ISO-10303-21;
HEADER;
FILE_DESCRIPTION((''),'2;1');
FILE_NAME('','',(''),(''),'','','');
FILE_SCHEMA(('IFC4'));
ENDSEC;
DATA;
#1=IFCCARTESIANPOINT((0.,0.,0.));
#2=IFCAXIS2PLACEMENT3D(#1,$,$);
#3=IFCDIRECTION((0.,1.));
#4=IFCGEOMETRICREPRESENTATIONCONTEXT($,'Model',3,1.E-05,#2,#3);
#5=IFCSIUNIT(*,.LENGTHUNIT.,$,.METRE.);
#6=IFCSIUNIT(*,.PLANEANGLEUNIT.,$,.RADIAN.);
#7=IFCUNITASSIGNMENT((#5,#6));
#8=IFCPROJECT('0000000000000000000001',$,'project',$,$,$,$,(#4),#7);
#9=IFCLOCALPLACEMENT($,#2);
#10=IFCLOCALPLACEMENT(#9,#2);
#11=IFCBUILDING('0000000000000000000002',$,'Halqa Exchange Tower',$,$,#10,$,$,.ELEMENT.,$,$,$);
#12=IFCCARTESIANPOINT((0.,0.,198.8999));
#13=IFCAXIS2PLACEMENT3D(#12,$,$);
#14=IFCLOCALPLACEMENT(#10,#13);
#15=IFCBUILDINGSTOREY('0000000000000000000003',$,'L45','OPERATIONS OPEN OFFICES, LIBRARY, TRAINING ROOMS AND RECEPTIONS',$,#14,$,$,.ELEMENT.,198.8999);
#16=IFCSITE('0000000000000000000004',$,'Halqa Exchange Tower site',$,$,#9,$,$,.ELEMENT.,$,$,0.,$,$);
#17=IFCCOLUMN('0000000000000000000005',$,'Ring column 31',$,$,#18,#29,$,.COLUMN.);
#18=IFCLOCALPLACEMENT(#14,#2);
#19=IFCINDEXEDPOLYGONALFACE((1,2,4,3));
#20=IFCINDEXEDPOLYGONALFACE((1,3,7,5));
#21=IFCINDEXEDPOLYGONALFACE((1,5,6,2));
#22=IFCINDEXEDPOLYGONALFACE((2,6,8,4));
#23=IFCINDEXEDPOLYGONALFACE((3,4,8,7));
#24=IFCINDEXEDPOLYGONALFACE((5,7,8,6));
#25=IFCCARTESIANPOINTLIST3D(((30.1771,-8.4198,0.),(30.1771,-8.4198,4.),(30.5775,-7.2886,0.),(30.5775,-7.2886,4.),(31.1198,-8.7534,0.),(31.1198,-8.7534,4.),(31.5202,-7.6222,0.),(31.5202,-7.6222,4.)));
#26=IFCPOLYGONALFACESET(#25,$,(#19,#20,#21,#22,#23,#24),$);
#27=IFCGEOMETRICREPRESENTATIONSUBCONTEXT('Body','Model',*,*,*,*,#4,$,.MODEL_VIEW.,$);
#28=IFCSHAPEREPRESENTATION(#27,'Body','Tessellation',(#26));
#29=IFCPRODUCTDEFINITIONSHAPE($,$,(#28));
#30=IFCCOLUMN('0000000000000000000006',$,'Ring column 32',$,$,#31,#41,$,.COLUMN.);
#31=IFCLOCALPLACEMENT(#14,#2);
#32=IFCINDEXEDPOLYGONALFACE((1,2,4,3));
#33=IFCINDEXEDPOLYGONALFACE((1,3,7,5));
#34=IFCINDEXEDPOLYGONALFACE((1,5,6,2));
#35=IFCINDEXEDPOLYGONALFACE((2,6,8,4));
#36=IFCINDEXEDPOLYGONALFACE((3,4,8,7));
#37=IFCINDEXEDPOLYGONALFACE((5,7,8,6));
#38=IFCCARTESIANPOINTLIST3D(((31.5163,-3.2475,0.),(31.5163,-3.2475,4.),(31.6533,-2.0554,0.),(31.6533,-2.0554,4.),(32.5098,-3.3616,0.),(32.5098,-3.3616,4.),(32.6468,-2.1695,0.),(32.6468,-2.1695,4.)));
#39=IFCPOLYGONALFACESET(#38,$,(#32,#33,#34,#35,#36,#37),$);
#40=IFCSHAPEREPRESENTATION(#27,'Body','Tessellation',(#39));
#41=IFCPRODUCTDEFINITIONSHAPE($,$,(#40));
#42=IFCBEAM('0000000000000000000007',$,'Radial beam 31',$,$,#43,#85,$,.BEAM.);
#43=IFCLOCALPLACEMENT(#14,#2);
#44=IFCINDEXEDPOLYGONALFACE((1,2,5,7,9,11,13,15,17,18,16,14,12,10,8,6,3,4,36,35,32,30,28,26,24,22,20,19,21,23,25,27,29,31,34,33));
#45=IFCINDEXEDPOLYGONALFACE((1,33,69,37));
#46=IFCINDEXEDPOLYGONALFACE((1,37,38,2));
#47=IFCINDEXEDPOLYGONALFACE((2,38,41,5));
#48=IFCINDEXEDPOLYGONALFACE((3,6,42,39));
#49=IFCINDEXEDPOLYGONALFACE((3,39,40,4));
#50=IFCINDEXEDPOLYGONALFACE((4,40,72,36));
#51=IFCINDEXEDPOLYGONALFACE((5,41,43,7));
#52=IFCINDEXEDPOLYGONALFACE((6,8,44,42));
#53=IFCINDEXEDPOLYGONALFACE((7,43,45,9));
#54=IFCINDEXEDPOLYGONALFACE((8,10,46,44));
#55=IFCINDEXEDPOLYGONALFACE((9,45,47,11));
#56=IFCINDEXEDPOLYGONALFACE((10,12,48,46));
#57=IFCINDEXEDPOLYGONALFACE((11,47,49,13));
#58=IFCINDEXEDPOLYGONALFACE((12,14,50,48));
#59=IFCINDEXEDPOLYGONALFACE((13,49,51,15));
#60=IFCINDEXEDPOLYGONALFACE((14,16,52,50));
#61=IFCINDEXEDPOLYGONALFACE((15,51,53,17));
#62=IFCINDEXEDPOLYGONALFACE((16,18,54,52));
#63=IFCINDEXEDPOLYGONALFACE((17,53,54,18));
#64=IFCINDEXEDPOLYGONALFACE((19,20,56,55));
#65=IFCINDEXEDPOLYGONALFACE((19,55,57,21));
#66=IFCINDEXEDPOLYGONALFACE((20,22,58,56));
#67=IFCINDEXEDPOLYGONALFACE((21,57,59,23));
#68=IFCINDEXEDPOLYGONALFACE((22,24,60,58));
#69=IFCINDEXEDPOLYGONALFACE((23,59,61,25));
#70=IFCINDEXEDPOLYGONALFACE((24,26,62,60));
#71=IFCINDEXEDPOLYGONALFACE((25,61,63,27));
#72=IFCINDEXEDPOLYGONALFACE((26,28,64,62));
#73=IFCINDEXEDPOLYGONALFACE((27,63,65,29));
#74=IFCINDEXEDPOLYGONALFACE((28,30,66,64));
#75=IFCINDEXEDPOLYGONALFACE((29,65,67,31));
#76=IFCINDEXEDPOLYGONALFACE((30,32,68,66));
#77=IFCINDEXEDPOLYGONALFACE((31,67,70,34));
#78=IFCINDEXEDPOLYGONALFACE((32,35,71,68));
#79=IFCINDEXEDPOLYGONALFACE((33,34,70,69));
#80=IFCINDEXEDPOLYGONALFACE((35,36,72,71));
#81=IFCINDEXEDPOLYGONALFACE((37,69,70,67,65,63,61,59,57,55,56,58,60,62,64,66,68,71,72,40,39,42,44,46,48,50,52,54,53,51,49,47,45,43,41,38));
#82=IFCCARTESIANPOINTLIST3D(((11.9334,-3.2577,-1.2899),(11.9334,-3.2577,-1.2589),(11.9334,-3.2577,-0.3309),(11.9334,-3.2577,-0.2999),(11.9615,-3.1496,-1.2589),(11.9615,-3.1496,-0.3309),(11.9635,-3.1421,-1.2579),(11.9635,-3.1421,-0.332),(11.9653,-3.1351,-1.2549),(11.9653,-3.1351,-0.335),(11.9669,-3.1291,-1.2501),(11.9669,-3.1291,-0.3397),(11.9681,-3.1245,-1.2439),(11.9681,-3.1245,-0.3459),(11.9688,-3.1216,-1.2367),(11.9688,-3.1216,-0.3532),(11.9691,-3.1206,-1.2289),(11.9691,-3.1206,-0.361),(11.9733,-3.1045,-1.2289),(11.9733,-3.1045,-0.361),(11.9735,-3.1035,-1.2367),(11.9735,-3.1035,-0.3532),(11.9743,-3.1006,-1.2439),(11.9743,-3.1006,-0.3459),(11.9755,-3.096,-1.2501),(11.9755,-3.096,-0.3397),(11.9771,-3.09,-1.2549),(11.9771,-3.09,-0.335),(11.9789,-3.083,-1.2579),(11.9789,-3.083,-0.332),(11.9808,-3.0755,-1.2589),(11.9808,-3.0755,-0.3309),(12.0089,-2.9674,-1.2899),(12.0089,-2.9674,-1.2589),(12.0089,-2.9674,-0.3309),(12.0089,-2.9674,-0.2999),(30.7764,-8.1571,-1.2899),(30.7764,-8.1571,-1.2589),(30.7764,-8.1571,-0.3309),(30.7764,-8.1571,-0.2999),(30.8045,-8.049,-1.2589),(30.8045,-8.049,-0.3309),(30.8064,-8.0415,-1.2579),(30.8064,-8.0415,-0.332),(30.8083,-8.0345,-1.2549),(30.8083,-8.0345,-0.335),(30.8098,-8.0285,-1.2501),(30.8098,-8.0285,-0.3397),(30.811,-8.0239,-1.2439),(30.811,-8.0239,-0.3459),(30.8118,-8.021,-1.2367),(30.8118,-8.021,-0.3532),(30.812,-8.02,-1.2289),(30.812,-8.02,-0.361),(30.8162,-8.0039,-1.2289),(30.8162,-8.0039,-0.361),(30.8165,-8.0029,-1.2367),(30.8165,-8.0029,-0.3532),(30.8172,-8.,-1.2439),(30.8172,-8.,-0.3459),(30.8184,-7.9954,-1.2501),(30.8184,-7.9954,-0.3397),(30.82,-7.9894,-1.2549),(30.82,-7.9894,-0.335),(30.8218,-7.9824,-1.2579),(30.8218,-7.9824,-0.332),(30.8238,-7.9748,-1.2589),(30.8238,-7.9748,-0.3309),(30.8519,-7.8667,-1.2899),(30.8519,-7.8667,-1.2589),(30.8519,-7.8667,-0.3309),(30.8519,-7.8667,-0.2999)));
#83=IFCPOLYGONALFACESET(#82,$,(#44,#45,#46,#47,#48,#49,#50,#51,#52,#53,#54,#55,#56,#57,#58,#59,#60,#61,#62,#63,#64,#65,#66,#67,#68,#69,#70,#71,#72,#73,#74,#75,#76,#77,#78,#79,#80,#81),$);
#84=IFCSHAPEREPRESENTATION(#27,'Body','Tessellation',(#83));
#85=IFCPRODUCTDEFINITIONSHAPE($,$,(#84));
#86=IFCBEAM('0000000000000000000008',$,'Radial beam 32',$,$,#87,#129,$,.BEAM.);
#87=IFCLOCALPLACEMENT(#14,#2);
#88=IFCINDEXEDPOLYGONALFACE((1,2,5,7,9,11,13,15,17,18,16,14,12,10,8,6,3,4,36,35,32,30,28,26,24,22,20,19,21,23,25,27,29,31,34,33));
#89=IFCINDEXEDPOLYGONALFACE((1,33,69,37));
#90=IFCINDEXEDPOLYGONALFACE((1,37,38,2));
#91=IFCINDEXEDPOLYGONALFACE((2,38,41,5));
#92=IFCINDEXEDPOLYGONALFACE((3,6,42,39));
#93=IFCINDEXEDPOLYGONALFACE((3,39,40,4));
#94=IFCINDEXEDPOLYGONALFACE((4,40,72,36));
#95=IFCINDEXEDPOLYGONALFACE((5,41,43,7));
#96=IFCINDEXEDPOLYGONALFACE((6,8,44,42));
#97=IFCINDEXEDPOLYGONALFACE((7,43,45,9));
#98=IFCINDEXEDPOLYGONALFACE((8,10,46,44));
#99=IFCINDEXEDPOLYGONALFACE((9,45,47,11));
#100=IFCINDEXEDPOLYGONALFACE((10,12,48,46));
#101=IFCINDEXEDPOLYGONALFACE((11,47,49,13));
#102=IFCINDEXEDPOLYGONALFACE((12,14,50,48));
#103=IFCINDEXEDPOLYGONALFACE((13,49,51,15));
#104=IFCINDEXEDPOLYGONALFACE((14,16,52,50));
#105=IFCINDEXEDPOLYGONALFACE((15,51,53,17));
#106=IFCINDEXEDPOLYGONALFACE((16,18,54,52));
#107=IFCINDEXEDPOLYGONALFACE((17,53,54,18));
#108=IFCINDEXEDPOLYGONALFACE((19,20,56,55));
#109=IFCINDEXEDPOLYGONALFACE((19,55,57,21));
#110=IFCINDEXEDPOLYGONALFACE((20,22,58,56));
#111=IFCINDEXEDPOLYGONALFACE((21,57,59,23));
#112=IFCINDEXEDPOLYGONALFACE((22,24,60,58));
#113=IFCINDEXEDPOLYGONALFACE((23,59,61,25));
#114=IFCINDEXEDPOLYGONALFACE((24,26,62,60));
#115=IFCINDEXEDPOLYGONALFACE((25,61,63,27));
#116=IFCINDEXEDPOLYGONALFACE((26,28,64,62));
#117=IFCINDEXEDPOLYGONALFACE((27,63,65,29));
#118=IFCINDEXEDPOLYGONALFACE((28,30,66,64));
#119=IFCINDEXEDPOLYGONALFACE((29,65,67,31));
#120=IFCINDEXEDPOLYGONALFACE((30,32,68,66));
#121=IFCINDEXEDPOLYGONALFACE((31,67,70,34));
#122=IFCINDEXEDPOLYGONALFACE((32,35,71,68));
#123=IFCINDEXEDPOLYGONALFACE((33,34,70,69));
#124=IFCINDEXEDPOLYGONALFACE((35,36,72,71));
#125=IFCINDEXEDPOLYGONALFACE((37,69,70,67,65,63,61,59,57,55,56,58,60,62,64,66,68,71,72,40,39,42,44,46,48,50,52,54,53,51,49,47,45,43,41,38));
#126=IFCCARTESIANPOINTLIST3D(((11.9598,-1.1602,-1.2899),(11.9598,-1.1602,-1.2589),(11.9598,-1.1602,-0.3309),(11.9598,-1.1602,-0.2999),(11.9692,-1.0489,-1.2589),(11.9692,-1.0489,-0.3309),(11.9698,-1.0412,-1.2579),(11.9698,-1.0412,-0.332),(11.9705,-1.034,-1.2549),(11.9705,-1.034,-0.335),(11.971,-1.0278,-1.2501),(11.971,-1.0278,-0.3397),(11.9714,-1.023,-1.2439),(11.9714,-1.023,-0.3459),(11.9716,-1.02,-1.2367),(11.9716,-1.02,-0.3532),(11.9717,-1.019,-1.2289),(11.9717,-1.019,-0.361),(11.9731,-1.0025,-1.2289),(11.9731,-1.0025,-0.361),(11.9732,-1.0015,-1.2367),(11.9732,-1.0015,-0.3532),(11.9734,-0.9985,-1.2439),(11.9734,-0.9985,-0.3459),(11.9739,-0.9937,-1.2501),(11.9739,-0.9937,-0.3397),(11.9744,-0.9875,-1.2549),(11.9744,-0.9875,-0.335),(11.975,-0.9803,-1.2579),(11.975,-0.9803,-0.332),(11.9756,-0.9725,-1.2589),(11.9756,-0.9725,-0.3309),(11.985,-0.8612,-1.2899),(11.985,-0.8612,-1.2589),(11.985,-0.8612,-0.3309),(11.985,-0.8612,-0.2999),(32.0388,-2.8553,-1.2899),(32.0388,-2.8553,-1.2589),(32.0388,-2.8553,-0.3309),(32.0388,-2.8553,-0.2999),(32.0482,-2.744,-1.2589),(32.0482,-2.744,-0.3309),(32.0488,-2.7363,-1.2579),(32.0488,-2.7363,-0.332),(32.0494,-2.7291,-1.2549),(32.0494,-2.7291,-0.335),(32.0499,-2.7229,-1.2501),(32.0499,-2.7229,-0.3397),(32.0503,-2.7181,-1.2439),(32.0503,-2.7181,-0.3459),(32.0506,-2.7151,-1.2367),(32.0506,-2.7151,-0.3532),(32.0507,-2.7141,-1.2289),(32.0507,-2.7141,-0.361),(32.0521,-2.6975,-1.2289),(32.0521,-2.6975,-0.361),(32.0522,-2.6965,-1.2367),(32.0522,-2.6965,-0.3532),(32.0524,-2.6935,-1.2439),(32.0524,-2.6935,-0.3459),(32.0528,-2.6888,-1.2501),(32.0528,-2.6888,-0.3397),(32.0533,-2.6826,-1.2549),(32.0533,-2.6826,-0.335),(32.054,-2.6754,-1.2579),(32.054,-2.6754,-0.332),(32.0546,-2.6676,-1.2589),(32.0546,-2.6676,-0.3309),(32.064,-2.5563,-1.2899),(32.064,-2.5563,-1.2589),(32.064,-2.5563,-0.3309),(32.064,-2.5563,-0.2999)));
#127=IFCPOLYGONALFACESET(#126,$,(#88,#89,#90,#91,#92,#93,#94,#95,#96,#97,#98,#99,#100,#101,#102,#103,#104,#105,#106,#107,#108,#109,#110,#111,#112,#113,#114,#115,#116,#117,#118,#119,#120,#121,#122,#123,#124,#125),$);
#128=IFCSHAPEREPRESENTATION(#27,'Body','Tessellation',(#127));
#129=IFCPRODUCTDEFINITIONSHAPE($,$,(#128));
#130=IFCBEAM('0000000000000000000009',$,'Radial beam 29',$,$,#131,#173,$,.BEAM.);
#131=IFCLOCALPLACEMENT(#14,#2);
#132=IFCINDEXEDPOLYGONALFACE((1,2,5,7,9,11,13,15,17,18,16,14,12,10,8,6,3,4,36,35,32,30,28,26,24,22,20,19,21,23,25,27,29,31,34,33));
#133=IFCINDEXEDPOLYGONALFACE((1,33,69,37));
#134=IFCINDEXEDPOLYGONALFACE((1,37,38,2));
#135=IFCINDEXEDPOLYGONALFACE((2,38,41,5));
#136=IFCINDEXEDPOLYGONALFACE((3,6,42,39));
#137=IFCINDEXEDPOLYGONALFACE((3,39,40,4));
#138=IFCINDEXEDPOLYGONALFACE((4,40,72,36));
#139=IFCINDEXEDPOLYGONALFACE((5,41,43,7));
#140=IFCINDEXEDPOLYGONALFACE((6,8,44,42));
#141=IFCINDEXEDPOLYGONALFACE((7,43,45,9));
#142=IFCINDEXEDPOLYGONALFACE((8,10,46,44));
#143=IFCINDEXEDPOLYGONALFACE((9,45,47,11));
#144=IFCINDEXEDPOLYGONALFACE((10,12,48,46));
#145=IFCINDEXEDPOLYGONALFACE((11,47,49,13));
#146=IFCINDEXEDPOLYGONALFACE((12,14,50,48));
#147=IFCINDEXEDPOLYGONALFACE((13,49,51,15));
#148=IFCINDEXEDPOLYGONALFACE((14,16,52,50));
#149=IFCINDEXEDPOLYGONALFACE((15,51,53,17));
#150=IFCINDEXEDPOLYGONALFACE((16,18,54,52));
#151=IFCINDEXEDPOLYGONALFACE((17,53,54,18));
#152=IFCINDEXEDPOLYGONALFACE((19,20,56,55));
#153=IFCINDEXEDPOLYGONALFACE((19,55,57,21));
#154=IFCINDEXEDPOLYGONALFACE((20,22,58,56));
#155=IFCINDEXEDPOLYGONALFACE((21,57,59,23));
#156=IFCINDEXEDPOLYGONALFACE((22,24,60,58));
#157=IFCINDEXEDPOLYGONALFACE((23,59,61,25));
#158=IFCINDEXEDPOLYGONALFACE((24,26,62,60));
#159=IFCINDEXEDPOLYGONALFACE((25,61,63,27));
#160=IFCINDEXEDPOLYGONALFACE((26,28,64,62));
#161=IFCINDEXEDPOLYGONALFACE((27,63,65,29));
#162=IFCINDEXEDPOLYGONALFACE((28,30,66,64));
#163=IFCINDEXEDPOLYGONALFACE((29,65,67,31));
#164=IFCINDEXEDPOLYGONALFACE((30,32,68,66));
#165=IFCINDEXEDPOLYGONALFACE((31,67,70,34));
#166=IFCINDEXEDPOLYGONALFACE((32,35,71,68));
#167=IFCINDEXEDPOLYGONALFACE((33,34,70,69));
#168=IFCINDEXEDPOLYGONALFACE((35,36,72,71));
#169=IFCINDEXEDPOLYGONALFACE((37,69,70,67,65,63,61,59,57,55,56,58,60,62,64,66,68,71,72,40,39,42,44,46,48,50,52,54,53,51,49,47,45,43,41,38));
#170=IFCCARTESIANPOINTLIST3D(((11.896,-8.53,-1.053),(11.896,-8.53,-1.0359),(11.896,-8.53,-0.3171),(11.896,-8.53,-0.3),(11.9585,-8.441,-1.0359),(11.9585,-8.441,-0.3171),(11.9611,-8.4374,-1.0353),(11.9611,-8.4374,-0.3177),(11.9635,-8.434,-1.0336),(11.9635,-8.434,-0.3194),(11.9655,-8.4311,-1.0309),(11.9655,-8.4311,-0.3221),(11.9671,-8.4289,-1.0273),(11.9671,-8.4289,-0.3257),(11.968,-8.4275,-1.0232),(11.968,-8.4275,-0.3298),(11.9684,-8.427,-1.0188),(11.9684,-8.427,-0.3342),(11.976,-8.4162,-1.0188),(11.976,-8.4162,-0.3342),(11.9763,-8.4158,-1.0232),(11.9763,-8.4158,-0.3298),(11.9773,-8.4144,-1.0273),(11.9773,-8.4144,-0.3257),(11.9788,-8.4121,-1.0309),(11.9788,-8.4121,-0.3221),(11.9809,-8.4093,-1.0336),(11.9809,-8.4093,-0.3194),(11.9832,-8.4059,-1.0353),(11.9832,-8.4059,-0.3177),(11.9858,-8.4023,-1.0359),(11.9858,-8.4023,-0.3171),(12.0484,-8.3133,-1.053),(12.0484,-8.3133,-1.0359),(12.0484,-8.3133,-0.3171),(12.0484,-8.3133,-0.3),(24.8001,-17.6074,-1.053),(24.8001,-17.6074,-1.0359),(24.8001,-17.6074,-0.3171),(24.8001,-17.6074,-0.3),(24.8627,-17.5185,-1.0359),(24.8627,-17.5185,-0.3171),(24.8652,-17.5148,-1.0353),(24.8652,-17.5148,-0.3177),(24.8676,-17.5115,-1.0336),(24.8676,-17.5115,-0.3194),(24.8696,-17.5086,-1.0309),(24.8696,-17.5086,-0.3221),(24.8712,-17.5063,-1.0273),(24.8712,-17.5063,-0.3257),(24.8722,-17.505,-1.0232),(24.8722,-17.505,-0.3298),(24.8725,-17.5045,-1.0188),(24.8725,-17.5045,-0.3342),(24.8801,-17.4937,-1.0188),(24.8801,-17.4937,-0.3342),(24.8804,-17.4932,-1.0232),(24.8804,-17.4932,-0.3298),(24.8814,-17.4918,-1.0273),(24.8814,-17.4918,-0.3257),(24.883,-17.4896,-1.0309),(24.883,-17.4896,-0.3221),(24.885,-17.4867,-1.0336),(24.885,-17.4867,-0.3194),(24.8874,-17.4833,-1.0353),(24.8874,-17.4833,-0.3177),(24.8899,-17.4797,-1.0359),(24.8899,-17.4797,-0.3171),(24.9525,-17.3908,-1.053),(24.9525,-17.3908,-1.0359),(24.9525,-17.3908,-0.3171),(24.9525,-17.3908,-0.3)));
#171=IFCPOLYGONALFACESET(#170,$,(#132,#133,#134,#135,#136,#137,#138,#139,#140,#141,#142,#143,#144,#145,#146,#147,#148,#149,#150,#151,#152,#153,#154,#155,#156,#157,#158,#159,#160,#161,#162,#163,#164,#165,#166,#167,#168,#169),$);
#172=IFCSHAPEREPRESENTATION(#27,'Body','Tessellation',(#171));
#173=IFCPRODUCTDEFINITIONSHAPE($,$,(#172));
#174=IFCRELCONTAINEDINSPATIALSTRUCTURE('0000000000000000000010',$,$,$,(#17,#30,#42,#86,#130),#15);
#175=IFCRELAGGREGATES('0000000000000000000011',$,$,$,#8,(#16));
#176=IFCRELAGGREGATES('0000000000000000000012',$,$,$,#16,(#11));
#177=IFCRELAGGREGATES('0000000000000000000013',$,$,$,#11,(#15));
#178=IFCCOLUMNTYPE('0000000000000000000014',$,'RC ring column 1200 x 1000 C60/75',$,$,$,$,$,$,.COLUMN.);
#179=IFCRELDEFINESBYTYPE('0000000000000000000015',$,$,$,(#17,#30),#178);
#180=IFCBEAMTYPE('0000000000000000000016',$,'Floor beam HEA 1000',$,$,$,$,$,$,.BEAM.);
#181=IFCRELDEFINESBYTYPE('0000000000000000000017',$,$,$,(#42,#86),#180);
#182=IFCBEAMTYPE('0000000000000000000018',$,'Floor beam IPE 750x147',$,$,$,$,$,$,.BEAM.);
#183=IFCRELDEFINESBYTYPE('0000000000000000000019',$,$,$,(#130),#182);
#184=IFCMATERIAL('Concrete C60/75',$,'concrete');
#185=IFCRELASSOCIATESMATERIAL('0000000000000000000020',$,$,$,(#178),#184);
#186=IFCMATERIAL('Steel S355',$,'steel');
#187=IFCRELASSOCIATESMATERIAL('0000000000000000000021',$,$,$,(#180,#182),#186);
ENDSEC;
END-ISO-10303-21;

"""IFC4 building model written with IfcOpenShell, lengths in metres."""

from ifc_helpers import new_model, si_unit, direction, frame, origin, origin_2d, place, context, subcontext, project, spatial, rectangle, i_section, extrude, material, material_profile, profile_set, type_object, element, save


model = new_model("IFC4")

# Units and contexts
model_context = context("Model", 3, precision=1e-05, world=origin(), true_north=direction((0.0, 1.0)))
body_context = subcontext(model_context, "Body", "Model", "MODEL_VIEW")
ifc_project = project(units=[si_unit("LENGTHUNIT", "METRE"), si_unit("PLANEANGLEUNIT", "RADIAN")], contexts=[model_context])

# Site, building, storey
site_placement = place(None, origin())
site = spatial("IfcSite", under=ifc_project, at=site_placement, Name="Halqa Exchange Tower site", CompositionType="ELEMENT", RefElevation=0.0)
building_placement = place(site_placement, origin())
building = spatial("IfcBuilding", under=site, at=building_placement, Name="Halqa Exchange Tower", CompositionType="ELEMENT")
storey_placement = place(building_placement, frame((0.0, 0.0, 198.8999)))
storey = spatial("IfcBuildingStorey", under=building, at=storey_placement, Name="L45", Description="OPERATIONS OPEN OFFICES, LIBRARY, TRAINING ROOMS AND RECEPTIONS", CompositionType="ELEMENT", Elevation=198.8999)

# Columns
ifc_material_1 = material(Name="Concrete C60/75", Category="concrete")
ifc_material_profile_1 = material_profile(ifc_material_1, rectangle(XDim=1.2, YDim=1.0, at=origin_2d()), Name="1200 x 1000")
ifc_profile_set_1 = profile_set([ifc_material_profile_1], Name="Concrete C60/75")
column_type = type_object("IfcColumnType", Name="RC ring column 1200 x 1000 C60/75", PredefinedType="COLUMN", material=ifc_profile_set_1)
for number, where, z_axis, x_axis, name in (
    (1, (30.8486, -8.021, 0.0), (0.0, 0.0, 1.0), (0.333632, 0.942703, 0.0), "Ring column 31"),
    (2, (32.0815, -2.7085, 0.0), (0.0, 0.0, 1.0), (0.114157, 0.993463, 0.0), "Ring column 32"),
):
    element("IfcColumn", number, at=place(storey_placement, frame(where, z_axis=z_axis, x_axis=x_axis)), inside=storey, type_object=column_type, Name=name, PredefinedType="COLUMN", context=body_context, shape_type="SweptSolid", body=[
        extrude(rectangle(XDim=1.2, YDim=1.0, at=origin_2d()), origin(), (0.0, 0.0, 1.0), 4.0),
    ])

# Beams
ifc_material_2 = material(Name="Steel S355", Category="steel")
ifc_material_profile_2 = material_profile(ifc_material_2, i_section(OverallWidth=0.3, OverallDepth=0.99, WebThickness=0.0166, FlangeThickness=0.031, FilletRadius=0.03, at=origin_2d()), Name="HEA 1000")
ifc_profile_set_2 = profile_set([ifc_material_profile_2], Name="Steel S355")
beam_type_1 = type_object("IfcBeamType", Name="Floor beam HEA 1000", PredefinedType="BEAM", material=ifc_profile_set_2)
beam_1_placement = place(storey_placement, frame((11.9712, -3.1125, -0.7949), z_axis=(0.96782, -0.251645, 0.0), x_axis=(0.251645, 0.96782, 0.0)))
element("IfcBeam", 3, at=beam_1_placement, inside=storey, type_object=beam_type_1, Name="Radial beam 31", PredefinedType="BEAM", context=body_context, shape_type="SweptSolid", body=[
    extrude(i_section(OverallWidth=0.3, OverallDepth=0.99, WebThickness=0.0166, FlangeThickness=0.031, FilletRadius=0.03, at=origin_2d()), origin(), (0.0, 0.0, 1.0), 19.4695),
])
beam_2_placement = place(storey_placement, frame((11.9724, -1.0107, -0.7949), z_axis=(0.996456, -0.084121, 0.0), x_axis=(0.084121, 0.996456, 0.0)))
element("IfcBeam", 4, at=beam_2_placement, inside=storey, type_object=beam_type_1, Name="Radial beam 32", PredefinedType="BEAM", context=body_context, shape_type="SweptSolid", body=[
    extrude(i_section(OverallWidth=0.3, OverallDepth=0.99, WebThickness=0.0166, FlangeThickness=0.031, FilletRadius=0.03, at=origin_2d()), origin(), (0.0, 0.0, 1.0), 20.1504),
])
ifc_material_profile_3 = material_profile(ifc_material_2, i_section(OverallWidth=0.2649, OverallDepth=0.7529, WebThickness=0.0132, FlangeThickness=0.0171, FilletRadius=0.0171, at=origin_2d()), Name="IPE 750x147")
ifc_profile_set_3 = profile_set([ifc_material_profile_3], Name="Steel S355")
beam_type_2 = type_object("IfcBeamType", Name="Floor beam IPE 750x147", PredefinedType="BEAM", material=ifc_profile_set_3)
beam_3_placement = place(storey_placement, frame((11.9722, -8.4216, -0.6765), z_axis=(0.817903, -0.575356, 0.0), x_axis=(0.575356, 0.817903, 0.0)))
element("IfcBeam", 5, at=beam_3_placement, inside=storey, type_object=beam_type_2, Name="Radial beam 29", PredefinedType="BEAM", context=body_context, shape_type="SweptSolid", body=[
    extrude(i_section(OverallWidth=0.2649, OverallDepth=0.7529, WebThickness=0.0132, FlangeThickness=0.0171, FilletRadius=0.0171, at=origin_2d()), origin(), (0.0, 0.0, 1.0), 15.7771),
])

save(model, "model.ifc")
